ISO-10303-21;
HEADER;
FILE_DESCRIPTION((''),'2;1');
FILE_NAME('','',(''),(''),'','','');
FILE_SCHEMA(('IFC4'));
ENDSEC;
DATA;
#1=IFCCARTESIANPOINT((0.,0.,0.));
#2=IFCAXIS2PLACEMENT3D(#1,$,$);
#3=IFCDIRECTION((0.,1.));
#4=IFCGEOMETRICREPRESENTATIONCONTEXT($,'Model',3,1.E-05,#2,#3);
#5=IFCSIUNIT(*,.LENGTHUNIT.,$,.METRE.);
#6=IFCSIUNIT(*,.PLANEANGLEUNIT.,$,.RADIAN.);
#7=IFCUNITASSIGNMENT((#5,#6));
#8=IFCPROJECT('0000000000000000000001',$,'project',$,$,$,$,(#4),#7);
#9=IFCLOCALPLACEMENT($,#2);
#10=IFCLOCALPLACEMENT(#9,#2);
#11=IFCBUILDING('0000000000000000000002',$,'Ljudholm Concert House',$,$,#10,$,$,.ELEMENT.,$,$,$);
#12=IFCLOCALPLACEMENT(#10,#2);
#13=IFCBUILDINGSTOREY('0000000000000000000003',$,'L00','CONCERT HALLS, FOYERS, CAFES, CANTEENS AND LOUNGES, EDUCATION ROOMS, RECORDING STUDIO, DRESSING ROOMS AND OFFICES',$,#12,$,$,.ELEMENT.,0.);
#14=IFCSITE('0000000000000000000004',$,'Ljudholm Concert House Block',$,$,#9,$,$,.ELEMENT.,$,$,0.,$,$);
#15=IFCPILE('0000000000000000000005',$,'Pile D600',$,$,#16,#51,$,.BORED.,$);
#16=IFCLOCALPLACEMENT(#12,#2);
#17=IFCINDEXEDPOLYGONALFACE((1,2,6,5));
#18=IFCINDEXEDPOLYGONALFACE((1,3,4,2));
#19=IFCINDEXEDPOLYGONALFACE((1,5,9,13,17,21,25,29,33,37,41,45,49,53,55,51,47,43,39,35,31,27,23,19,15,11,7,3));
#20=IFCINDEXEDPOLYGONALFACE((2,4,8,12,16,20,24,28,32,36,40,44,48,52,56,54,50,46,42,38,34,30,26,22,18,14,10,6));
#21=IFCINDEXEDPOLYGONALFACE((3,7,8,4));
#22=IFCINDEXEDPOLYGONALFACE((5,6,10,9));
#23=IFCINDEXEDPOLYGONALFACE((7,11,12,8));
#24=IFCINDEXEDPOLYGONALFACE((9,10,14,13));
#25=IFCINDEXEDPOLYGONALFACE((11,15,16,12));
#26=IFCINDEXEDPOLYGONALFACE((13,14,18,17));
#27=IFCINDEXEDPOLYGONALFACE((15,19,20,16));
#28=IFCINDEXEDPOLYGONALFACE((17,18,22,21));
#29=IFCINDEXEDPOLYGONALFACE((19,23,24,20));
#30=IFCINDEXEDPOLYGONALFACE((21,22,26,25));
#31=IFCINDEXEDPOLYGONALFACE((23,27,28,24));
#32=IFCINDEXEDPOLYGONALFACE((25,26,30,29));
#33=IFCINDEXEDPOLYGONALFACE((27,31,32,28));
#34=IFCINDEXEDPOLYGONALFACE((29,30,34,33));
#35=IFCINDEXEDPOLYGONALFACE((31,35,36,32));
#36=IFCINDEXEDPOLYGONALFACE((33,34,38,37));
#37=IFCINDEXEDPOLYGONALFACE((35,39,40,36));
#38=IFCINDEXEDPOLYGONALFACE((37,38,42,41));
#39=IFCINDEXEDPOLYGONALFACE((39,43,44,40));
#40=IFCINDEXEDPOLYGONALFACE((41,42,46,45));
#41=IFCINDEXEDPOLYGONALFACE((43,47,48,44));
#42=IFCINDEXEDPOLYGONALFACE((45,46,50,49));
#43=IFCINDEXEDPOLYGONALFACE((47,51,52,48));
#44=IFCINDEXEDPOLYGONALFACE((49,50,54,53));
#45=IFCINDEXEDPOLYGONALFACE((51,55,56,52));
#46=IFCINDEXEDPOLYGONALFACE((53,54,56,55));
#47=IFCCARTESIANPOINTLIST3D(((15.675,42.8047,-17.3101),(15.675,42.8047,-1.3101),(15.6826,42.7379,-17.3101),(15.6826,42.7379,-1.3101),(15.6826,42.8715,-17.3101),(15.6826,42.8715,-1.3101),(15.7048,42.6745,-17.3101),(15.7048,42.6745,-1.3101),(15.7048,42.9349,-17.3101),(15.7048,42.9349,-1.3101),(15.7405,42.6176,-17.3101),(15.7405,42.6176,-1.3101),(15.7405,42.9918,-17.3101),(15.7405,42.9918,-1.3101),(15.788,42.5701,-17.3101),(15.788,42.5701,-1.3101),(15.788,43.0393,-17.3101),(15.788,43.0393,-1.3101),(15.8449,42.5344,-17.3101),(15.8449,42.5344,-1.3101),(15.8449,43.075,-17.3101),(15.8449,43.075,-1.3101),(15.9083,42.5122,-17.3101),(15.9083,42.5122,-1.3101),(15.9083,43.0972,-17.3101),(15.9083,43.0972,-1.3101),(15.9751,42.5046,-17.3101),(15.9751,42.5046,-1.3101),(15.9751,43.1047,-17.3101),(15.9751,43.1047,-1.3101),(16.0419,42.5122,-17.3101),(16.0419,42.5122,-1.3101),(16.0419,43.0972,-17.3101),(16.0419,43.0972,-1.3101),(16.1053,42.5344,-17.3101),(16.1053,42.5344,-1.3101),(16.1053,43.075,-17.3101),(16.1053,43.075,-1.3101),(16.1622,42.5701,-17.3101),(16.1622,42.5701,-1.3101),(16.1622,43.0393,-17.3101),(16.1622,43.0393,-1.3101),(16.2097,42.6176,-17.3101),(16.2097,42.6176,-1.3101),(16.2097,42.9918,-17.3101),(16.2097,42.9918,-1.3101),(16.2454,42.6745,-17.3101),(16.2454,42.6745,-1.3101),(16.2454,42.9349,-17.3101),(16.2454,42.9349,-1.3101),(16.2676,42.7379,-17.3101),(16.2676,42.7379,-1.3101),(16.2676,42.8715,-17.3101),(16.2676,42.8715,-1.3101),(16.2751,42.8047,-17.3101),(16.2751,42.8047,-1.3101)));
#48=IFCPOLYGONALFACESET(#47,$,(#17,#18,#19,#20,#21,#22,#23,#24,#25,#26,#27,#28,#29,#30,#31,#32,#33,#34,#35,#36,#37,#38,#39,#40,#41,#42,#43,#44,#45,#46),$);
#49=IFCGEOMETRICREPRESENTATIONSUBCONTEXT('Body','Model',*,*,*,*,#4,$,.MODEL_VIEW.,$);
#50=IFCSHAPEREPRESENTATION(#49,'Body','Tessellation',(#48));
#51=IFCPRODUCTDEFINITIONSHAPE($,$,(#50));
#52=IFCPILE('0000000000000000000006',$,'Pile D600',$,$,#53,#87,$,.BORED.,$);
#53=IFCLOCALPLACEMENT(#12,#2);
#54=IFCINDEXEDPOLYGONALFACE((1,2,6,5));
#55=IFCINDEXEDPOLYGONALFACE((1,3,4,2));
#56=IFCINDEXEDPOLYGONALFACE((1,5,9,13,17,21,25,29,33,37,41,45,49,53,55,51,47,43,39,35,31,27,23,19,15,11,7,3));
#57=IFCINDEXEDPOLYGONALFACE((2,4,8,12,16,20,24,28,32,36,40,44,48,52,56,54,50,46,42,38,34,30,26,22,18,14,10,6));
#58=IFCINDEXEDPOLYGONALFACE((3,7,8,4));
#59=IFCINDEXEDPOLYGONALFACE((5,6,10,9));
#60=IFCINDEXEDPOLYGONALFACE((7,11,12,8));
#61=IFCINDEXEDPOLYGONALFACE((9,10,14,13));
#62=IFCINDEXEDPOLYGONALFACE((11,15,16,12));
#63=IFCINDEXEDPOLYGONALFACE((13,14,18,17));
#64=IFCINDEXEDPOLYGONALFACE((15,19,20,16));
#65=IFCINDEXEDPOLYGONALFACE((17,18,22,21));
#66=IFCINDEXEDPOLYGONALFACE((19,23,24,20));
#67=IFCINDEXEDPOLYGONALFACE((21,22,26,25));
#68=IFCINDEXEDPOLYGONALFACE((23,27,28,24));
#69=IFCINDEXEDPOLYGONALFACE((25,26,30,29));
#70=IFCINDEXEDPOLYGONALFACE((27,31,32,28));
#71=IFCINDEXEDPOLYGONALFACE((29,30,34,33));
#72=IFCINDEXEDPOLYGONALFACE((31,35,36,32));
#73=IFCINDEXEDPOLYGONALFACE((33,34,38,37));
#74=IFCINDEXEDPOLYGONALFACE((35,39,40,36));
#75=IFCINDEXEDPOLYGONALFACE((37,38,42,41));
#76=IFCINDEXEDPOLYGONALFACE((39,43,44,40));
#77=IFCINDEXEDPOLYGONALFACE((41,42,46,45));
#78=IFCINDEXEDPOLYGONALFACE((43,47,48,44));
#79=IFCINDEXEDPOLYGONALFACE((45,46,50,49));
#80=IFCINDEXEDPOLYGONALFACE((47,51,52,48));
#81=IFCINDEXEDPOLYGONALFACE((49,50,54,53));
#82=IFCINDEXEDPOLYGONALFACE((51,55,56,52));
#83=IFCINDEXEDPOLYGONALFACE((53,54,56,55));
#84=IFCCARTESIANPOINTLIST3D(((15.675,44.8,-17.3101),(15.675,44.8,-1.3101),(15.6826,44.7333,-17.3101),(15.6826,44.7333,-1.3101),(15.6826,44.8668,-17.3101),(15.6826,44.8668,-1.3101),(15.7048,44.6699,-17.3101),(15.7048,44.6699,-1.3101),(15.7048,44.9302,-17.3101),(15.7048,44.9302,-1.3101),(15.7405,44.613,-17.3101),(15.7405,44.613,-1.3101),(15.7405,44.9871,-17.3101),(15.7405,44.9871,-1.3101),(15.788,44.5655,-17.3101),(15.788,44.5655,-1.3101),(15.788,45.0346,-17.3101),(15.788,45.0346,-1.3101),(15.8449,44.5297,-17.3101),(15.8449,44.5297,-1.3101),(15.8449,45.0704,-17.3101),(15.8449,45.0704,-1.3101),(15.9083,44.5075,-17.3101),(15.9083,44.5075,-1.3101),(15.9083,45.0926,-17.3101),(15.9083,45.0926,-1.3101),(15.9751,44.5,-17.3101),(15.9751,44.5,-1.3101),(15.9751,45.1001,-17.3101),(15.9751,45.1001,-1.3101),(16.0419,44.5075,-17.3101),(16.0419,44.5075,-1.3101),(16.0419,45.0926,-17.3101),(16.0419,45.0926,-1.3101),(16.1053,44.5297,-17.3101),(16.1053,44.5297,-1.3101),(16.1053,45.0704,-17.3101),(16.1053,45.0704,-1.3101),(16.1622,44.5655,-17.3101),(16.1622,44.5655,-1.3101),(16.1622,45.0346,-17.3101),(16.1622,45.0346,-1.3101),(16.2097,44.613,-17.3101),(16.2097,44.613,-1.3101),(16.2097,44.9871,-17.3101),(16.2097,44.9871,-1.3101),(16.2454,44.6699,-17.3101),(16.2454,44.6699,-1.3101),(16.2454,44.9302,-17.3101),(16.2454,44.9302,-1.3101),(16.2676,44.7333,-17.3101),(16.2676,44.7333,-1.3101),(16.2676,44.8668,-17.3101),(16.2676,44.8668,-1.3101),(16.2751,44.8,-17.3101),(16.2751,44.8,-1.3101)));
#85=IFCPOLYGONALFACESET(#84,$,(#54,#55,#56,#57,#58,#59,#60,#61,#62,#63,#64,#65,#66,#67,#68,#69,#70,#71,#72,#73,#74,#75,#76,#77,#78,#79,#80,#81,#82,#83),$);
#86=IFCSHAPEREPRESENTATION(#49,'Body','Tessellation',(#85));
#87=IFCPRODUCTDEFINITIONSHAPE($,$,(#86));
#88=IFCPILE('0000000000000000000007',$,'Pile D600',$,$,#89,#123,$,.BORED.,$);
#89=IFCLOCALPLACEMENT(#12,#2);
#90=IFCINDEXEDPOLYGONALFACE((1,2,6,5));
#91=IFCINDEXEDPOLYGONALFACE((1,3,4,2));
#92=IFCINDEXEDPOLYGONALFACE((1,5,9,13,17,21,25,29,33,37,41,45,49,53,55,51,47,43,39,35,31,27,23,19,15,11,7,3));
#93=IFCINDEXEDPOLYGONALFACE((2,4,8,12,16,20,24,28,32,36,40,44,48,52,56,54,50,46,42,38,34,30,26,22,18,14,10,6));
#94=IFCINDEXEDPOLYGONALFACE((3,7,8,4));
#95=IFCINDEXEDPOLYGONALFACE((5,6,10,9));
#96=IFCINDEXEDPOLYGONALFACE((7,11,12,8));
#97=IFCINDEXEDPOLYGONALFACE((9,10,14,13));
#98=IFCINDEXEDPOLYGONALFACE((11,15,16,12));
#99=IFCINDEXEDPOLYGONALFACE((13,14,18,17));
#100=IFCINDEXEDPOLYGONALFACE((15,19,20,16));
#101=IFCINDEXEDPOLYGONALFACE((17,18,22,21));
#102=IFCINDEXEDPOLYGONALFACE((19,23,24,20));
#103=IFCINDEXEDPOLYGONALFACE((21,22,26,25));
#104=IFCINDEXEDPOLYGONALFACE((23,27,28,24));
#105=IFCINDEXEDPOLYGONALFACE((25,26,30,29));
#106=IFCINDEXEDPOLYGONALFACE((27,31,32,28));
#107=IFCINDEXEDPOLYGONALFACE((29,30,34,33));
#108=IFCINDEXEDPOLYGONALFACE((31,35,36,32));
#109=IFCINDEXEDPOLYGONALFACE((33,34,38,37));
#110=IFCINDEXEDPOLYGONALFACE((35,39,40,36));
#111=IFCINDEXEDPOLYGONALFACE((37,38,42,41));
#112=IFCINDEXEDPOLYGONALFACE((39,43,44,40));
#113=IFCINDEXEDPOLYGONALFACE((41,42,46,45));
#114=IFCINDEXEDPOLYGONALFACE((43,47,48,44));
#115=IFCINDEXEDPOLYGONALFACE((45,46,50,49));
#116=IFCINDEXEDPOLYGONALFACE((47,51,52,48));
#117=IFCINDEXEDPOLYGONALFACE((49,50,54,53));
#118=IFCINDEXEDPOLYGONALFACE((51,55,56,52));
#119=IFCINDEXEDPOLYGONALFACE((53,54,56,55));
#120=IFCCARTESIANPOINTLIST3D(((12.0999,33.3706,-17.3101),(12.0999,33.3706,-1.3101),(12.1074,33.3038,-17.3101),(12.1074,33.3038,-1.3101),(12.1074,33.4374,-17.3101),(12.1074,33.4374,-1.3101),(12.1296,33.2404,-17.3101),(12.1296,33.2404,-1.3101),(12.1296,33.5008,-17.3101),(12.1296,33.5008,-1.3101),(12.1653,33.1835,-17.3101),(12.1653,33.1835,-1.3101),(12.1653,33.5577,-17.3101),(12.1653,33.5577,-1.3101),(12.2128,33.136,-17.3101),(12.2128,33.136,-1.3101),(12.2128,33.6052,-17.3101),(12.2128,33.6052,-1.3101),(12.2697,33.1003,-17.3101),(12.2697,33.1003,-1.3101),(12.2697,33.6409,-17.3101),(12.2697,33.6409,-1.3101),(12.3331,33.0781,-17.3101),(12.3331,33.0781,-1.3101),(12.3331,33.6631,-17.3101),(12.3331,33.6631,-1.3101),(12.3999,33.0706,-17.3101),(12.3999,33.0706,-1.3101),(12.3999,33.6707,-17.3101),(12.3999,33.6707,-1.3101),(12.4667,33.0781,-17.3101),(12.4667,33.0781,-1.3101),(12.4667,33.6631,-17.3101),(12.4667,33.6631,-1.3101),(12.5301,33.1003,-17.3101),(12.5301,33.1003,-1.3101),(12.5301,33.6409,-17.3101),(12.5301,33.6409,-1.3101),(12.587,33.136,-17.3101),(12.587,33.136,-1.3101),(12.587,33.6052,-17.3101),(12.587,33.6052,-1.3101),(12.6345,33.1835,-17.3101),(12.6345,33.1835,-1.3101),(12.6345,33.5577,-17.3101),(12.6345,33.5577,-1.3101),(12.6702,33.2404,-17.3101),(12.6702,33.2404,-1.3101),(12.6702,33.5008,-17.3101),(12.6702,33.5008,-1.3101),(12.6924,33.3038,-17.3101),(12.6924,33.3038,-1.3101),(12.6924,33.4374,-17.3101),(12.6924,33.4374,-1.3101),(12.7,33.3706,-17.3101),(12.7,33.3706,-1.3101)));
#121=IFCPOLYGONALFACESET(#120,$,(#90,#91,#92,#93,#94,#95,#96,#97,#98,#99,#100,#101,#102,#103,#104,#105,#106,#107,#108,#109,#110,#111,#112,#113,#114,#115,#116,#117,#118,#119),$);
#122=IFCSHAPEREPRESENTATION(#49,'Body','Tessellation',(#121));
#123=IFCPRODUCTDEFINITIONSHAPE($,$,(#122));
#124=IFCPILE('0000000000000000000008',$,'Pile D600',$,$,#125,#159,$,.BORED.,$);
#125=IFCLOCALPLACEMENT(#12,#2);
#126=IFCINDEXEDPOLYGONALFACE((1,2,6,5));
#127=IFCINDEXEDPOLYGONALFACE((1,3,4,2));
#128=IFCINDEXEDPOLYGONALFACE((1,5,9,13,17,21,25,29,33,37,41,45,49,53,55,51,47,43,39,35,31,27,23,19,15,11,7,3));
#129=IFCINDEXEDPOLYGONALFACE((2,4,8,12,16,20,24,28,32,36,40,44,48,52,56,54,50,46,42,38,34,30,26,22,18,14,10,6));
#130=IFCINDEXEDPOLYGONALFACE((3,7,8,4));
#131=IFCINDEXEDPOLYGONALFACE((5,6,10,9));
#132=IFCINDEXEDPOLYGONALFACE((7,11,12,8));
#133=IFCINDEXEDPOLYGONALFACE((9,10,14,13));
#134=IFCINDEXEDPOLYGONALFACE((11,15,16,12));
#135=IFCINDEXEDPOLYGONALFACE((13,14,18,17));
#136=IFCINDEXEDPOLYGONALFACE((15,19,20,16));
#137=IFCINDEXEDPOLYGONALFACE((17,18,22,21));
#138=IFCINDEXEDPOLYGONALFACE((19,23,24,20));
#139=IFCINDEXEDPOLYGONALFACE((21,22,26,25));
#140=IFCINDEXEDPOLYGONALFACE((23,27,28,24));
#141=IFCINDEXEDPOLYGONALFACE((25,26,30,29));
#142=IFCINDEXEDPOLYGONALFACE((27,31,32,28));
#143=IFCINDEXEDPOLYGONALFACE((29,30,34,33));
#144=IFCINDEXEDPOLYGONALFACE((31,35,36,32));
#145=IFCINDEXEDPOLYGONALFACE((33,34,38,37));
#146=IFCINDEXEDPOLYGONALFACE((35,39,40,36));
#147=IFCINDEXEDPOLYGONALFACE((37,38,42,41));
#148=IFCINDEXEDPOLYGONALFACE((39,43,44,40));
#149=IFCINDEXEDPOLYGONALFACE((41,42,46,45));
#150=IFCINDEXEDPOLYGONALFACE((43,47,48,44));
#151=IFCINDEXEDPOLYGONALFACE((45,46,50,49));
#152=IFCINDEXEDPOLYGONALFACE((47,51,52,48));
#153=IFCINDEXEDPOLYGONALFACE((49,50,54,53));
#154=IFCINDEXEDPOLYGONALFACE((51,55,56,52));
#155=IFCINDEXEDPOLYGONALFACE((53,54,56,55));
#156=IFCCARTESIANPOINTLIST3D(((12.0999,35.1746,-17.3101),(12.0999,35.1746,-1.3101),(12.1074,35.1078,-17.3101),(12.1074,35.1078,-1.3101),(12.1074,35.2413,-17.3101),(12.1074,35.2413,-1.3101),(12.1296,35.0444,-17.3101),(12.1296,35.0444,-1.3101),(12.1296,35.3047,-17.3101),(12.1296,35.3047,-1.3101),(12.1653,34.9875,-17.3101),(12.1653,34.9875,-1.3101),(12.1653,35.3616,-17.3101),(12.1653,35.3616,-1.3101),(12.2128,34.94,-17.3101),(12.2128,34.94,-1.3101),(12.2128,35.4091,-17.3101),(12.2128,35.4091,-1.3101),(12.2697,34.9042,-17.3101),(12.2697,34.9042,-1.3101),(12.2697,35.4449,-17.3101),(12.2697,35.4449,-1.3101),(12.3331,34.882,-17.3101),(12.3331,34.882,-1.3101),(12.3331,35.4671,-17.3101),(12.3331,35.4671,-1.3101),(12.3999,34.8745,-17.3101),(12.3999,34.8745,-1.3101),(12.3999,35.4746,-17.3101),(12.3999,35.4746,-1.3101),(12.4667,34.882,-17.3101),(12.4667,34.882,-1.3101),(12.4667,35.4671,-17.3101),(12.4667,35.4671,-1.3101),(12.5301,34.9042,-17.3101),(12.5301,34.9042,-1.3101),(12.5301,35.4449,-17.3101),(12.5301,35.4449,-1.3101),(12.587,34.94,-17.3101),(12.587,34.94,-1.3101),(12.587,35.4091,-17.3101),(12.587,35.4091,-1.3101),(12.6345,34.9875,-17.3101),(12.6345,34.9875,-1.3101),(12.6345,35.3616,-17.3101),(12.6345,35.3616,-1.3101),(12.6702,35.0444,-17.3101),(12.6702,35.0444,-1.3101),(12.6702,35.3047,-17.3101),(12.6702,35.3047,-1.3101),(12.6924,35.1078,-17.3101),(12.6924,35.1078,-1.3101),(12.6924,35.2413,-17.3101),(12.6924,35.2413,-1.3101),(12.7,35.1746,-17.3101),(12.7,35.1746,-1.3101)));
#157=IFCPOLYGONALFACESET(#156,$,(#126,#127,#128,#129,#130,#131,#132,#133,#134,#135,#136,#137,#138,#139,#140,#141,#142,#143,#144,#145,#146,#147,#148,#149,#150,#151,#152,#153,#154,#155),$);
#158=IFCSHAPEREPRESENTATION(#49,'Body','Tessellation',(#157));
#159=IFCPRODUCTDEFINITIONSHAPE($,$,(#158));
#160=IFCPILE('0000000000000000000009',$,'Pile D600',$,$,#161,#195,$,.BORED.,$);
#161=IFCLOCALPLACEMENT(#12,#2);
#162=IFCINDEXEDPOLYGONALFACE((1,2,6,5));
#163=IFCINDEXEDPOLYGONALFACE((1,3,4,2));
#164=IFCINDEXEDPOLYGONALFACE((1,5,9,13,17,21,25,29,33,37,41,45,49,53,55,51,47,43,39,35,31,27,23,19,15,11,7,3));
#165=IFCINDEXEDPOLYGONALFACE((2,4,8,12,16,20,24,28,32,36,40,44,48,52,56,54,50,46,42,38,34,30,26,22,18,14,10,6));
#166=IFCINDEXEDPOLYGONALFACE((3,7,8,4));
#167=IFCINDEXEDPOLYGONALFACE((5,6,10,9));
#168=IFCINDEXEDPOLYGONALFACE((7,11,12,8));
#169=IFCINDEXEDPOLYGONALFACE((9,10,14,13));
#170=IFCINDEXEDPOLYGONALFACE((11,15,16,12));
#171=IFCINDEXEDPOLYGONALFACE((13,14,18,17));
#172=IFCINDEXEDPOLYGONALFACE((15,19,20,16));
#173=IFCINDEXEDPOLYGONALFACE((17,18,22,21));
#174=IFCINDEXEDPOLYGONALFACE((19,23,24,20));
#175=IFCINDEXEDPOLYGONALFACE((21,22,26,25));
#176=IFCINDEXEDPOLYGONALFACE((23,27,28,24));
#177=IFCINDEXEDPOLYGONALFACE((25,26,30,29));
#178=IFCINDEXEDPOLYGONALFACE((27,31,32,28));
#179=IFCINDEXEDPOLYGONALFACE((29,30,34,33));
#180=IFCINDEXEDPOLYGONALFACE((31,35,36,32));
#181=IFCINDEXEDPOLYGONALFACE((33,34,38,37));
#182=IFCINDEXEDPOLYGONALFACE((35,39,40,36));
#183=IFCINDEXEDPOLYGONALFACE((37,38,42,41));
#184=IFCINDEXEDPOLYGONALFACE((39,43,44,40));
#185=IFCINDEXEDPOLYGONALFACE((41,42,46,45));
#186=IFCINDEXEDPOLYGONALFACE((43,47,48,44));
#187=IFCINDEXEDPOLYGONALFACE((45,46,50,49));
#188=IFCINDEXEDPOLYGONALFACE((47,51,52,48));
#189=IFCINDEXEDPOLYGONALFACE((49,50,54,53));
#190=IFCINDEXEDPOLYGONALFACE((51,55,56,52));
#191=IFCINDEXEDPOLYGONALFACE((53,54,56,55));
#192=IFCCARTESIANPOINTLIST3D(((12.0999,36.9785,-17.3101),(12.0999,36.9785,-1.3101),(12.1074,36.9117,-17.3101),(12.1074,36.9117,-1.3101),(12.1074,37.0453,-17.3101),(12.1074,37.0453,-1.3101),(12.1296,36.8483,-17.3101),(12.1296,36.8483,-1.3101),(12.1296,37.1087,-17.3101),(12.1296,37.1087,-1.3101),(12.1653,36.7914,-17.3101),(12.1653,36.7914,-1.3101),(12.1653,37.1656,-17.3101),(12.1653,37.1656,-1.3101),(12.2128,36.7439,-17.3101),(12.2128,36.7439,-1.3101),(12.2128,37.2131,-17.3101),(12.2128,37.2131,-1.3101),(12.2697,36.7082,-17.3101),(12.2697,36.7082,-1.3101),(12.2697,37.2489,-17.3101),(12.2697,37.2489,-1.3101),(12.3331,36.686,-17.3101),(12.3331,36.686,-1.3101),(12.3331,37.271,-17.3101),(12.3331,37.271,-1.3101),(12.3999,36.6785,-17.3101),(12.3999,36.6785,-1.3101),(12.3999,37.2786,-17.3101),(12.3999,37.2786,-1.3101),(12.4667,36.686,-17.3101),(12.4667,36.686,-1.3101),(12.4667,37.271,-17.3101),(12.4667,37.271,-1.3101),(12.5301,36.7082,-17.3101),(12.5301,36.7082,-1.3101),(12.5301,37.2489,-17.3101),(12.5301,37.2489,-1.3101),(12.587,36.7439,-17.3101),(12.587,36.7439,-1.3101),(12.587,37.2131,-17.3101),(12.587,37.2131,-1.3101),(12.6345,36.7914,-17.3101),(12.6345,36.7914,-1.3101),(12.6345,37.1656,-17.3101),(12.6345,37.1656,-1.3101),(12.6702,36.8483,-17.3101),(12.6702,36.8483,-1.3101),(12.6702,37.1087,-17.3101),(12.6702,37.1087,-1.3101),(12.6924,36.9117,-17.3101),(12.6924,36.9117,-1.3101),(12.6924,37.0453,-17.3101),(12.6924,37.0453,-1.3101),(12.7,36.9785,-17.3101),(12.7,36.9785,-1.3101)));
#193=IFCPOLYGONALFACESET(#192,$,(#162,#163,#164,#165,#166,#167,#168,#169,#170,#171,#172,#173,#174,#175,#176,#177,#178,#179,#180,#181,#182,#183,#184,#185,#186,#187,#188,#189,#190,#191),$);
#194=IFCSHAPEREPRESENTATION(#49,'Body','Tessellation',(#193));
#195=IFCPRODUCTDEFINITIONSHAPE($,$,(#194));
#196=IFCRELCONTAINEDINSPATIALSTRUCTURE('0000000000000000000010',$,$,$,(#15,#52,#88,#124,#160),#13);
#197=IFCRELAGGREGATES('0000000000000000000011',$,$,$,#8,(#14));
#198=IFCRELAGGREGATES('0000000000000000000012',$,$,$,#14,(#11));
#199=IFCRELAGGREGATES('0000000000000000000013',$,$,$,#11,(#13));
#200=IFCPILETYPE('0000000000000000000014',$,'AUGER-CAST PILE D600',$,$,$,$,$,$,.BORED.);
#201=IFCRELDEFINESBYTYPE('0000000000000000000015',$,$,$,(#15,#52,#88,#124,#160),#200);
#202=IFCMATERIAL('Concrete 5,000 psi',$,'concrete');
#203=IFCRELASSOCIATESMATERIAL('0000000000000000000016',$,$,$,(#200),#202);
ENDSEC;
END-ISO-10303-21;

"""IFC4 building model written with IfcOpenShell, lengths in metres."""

from ifc_helpers import new_model, si_unit, direction, frame, origin, origin_2d, place, context, subcontext, project, spatial, circle, extrude, material, material_profile, profile_set, type_object, element, save


model = new_model("IFC4")

# Units and contexts
model_context = context("Model", 3, precision=1e-05, world=origin(), true_north=direction((0.0, 1.0)))
body_context = subcontext(model_context, "Body", "Model", "MODEL_VIEW")
ifc_project = project(units=[si_unit("LENGTHUNIT", "METRE"), si_unit("PLANEANGLEUNIT", "RADIAN")], contexts=[model_context])

# Site, building, storey
site_placement = place(None, origin())
site = spatial("IfcSite", under=ifc_project, at=site_placement, Name="Ljudholm Concert House Block", CompositionType="ELEMENT", RefElevation=0.0)
building_placement = place(site_placement, origin())
building = spatial("IfcBuilding", under=site, at=building_placement, Name="Ljudholm Concert House", CompositionType="ELEMENT")
storey_placement = place(building_placement, origin())
storey = spatial("IfcBuildingStorey", under=building, at=storey_placement, Name="L00", Description="CONCERT HALLS, FOYERS, CAFES, CANTEENS AND LOUNGES, EDUCATION ROOMS, RECORDING STUDIO, DRESSING ROOMS AND OFFICES", CompositionType="ELEMENT", Elevation=0.0)

# Piles
ifc_material_1 = material(Name="Concrete 5,000 psi", Category="concrete")
ifc_material_profile_1 = material_profile(ifc_material_1, circle(Radius=0.3, at=origin_2d()), Name="AUGER-CAST PILE D600")
ifc_profile_set_1 = profile_set([ifc_material_profile_1], Name="Concrete 5,000 psi")
pile_type = type_object("IfcPileType", Name="AUGER-CAST PILE D600", PredefinedType="BORED", material=ifc_profile_set_1)
for number, where, z_axis, x_axis, name in (
    (1, (15.9751, 42.8047, -1.3101), (0.0, 0.0, -1.0), (1.0, 0.0, 0.0), "Pile D600"),
    (2, (15.9751, 44.8, -1.3101), (0.0, 0.0, -1.0), (1.0, 0.0, 0.0), "Pile D600"),
    (3, (12.3999, 33.3706, -1.3101), (0.0, 0.0, -1.0), (1.0, 0.0, 0.0), "Pile D600"),
    (4, (12.3999, 35.1746, -1.3101), (0.0, 0.0, -1.0), (1.0, 0.0, 0.0), "Pile D600"),
    (5, (12.3999, 36.9785, -1.3101), (0.0, 0.0, -1.0), (1.0, 0.0, 0.0), "Pile D600"),
):
    element("IfcPile", number, at=place(storey_placement, frame(where, z_axis=z_axis, x_axis=x_axis)), inside=storey, type_object=pile_type, Name=name, PredefinedType="BORED", context=body_context, shape_type="SweptSolid", body=[
        extrude(circle(Radius=0.3, at=origin_2d()), origin(), (0.0, 0.0, 1.0), 16.0),
    ])

save(model, "model.ifc")
